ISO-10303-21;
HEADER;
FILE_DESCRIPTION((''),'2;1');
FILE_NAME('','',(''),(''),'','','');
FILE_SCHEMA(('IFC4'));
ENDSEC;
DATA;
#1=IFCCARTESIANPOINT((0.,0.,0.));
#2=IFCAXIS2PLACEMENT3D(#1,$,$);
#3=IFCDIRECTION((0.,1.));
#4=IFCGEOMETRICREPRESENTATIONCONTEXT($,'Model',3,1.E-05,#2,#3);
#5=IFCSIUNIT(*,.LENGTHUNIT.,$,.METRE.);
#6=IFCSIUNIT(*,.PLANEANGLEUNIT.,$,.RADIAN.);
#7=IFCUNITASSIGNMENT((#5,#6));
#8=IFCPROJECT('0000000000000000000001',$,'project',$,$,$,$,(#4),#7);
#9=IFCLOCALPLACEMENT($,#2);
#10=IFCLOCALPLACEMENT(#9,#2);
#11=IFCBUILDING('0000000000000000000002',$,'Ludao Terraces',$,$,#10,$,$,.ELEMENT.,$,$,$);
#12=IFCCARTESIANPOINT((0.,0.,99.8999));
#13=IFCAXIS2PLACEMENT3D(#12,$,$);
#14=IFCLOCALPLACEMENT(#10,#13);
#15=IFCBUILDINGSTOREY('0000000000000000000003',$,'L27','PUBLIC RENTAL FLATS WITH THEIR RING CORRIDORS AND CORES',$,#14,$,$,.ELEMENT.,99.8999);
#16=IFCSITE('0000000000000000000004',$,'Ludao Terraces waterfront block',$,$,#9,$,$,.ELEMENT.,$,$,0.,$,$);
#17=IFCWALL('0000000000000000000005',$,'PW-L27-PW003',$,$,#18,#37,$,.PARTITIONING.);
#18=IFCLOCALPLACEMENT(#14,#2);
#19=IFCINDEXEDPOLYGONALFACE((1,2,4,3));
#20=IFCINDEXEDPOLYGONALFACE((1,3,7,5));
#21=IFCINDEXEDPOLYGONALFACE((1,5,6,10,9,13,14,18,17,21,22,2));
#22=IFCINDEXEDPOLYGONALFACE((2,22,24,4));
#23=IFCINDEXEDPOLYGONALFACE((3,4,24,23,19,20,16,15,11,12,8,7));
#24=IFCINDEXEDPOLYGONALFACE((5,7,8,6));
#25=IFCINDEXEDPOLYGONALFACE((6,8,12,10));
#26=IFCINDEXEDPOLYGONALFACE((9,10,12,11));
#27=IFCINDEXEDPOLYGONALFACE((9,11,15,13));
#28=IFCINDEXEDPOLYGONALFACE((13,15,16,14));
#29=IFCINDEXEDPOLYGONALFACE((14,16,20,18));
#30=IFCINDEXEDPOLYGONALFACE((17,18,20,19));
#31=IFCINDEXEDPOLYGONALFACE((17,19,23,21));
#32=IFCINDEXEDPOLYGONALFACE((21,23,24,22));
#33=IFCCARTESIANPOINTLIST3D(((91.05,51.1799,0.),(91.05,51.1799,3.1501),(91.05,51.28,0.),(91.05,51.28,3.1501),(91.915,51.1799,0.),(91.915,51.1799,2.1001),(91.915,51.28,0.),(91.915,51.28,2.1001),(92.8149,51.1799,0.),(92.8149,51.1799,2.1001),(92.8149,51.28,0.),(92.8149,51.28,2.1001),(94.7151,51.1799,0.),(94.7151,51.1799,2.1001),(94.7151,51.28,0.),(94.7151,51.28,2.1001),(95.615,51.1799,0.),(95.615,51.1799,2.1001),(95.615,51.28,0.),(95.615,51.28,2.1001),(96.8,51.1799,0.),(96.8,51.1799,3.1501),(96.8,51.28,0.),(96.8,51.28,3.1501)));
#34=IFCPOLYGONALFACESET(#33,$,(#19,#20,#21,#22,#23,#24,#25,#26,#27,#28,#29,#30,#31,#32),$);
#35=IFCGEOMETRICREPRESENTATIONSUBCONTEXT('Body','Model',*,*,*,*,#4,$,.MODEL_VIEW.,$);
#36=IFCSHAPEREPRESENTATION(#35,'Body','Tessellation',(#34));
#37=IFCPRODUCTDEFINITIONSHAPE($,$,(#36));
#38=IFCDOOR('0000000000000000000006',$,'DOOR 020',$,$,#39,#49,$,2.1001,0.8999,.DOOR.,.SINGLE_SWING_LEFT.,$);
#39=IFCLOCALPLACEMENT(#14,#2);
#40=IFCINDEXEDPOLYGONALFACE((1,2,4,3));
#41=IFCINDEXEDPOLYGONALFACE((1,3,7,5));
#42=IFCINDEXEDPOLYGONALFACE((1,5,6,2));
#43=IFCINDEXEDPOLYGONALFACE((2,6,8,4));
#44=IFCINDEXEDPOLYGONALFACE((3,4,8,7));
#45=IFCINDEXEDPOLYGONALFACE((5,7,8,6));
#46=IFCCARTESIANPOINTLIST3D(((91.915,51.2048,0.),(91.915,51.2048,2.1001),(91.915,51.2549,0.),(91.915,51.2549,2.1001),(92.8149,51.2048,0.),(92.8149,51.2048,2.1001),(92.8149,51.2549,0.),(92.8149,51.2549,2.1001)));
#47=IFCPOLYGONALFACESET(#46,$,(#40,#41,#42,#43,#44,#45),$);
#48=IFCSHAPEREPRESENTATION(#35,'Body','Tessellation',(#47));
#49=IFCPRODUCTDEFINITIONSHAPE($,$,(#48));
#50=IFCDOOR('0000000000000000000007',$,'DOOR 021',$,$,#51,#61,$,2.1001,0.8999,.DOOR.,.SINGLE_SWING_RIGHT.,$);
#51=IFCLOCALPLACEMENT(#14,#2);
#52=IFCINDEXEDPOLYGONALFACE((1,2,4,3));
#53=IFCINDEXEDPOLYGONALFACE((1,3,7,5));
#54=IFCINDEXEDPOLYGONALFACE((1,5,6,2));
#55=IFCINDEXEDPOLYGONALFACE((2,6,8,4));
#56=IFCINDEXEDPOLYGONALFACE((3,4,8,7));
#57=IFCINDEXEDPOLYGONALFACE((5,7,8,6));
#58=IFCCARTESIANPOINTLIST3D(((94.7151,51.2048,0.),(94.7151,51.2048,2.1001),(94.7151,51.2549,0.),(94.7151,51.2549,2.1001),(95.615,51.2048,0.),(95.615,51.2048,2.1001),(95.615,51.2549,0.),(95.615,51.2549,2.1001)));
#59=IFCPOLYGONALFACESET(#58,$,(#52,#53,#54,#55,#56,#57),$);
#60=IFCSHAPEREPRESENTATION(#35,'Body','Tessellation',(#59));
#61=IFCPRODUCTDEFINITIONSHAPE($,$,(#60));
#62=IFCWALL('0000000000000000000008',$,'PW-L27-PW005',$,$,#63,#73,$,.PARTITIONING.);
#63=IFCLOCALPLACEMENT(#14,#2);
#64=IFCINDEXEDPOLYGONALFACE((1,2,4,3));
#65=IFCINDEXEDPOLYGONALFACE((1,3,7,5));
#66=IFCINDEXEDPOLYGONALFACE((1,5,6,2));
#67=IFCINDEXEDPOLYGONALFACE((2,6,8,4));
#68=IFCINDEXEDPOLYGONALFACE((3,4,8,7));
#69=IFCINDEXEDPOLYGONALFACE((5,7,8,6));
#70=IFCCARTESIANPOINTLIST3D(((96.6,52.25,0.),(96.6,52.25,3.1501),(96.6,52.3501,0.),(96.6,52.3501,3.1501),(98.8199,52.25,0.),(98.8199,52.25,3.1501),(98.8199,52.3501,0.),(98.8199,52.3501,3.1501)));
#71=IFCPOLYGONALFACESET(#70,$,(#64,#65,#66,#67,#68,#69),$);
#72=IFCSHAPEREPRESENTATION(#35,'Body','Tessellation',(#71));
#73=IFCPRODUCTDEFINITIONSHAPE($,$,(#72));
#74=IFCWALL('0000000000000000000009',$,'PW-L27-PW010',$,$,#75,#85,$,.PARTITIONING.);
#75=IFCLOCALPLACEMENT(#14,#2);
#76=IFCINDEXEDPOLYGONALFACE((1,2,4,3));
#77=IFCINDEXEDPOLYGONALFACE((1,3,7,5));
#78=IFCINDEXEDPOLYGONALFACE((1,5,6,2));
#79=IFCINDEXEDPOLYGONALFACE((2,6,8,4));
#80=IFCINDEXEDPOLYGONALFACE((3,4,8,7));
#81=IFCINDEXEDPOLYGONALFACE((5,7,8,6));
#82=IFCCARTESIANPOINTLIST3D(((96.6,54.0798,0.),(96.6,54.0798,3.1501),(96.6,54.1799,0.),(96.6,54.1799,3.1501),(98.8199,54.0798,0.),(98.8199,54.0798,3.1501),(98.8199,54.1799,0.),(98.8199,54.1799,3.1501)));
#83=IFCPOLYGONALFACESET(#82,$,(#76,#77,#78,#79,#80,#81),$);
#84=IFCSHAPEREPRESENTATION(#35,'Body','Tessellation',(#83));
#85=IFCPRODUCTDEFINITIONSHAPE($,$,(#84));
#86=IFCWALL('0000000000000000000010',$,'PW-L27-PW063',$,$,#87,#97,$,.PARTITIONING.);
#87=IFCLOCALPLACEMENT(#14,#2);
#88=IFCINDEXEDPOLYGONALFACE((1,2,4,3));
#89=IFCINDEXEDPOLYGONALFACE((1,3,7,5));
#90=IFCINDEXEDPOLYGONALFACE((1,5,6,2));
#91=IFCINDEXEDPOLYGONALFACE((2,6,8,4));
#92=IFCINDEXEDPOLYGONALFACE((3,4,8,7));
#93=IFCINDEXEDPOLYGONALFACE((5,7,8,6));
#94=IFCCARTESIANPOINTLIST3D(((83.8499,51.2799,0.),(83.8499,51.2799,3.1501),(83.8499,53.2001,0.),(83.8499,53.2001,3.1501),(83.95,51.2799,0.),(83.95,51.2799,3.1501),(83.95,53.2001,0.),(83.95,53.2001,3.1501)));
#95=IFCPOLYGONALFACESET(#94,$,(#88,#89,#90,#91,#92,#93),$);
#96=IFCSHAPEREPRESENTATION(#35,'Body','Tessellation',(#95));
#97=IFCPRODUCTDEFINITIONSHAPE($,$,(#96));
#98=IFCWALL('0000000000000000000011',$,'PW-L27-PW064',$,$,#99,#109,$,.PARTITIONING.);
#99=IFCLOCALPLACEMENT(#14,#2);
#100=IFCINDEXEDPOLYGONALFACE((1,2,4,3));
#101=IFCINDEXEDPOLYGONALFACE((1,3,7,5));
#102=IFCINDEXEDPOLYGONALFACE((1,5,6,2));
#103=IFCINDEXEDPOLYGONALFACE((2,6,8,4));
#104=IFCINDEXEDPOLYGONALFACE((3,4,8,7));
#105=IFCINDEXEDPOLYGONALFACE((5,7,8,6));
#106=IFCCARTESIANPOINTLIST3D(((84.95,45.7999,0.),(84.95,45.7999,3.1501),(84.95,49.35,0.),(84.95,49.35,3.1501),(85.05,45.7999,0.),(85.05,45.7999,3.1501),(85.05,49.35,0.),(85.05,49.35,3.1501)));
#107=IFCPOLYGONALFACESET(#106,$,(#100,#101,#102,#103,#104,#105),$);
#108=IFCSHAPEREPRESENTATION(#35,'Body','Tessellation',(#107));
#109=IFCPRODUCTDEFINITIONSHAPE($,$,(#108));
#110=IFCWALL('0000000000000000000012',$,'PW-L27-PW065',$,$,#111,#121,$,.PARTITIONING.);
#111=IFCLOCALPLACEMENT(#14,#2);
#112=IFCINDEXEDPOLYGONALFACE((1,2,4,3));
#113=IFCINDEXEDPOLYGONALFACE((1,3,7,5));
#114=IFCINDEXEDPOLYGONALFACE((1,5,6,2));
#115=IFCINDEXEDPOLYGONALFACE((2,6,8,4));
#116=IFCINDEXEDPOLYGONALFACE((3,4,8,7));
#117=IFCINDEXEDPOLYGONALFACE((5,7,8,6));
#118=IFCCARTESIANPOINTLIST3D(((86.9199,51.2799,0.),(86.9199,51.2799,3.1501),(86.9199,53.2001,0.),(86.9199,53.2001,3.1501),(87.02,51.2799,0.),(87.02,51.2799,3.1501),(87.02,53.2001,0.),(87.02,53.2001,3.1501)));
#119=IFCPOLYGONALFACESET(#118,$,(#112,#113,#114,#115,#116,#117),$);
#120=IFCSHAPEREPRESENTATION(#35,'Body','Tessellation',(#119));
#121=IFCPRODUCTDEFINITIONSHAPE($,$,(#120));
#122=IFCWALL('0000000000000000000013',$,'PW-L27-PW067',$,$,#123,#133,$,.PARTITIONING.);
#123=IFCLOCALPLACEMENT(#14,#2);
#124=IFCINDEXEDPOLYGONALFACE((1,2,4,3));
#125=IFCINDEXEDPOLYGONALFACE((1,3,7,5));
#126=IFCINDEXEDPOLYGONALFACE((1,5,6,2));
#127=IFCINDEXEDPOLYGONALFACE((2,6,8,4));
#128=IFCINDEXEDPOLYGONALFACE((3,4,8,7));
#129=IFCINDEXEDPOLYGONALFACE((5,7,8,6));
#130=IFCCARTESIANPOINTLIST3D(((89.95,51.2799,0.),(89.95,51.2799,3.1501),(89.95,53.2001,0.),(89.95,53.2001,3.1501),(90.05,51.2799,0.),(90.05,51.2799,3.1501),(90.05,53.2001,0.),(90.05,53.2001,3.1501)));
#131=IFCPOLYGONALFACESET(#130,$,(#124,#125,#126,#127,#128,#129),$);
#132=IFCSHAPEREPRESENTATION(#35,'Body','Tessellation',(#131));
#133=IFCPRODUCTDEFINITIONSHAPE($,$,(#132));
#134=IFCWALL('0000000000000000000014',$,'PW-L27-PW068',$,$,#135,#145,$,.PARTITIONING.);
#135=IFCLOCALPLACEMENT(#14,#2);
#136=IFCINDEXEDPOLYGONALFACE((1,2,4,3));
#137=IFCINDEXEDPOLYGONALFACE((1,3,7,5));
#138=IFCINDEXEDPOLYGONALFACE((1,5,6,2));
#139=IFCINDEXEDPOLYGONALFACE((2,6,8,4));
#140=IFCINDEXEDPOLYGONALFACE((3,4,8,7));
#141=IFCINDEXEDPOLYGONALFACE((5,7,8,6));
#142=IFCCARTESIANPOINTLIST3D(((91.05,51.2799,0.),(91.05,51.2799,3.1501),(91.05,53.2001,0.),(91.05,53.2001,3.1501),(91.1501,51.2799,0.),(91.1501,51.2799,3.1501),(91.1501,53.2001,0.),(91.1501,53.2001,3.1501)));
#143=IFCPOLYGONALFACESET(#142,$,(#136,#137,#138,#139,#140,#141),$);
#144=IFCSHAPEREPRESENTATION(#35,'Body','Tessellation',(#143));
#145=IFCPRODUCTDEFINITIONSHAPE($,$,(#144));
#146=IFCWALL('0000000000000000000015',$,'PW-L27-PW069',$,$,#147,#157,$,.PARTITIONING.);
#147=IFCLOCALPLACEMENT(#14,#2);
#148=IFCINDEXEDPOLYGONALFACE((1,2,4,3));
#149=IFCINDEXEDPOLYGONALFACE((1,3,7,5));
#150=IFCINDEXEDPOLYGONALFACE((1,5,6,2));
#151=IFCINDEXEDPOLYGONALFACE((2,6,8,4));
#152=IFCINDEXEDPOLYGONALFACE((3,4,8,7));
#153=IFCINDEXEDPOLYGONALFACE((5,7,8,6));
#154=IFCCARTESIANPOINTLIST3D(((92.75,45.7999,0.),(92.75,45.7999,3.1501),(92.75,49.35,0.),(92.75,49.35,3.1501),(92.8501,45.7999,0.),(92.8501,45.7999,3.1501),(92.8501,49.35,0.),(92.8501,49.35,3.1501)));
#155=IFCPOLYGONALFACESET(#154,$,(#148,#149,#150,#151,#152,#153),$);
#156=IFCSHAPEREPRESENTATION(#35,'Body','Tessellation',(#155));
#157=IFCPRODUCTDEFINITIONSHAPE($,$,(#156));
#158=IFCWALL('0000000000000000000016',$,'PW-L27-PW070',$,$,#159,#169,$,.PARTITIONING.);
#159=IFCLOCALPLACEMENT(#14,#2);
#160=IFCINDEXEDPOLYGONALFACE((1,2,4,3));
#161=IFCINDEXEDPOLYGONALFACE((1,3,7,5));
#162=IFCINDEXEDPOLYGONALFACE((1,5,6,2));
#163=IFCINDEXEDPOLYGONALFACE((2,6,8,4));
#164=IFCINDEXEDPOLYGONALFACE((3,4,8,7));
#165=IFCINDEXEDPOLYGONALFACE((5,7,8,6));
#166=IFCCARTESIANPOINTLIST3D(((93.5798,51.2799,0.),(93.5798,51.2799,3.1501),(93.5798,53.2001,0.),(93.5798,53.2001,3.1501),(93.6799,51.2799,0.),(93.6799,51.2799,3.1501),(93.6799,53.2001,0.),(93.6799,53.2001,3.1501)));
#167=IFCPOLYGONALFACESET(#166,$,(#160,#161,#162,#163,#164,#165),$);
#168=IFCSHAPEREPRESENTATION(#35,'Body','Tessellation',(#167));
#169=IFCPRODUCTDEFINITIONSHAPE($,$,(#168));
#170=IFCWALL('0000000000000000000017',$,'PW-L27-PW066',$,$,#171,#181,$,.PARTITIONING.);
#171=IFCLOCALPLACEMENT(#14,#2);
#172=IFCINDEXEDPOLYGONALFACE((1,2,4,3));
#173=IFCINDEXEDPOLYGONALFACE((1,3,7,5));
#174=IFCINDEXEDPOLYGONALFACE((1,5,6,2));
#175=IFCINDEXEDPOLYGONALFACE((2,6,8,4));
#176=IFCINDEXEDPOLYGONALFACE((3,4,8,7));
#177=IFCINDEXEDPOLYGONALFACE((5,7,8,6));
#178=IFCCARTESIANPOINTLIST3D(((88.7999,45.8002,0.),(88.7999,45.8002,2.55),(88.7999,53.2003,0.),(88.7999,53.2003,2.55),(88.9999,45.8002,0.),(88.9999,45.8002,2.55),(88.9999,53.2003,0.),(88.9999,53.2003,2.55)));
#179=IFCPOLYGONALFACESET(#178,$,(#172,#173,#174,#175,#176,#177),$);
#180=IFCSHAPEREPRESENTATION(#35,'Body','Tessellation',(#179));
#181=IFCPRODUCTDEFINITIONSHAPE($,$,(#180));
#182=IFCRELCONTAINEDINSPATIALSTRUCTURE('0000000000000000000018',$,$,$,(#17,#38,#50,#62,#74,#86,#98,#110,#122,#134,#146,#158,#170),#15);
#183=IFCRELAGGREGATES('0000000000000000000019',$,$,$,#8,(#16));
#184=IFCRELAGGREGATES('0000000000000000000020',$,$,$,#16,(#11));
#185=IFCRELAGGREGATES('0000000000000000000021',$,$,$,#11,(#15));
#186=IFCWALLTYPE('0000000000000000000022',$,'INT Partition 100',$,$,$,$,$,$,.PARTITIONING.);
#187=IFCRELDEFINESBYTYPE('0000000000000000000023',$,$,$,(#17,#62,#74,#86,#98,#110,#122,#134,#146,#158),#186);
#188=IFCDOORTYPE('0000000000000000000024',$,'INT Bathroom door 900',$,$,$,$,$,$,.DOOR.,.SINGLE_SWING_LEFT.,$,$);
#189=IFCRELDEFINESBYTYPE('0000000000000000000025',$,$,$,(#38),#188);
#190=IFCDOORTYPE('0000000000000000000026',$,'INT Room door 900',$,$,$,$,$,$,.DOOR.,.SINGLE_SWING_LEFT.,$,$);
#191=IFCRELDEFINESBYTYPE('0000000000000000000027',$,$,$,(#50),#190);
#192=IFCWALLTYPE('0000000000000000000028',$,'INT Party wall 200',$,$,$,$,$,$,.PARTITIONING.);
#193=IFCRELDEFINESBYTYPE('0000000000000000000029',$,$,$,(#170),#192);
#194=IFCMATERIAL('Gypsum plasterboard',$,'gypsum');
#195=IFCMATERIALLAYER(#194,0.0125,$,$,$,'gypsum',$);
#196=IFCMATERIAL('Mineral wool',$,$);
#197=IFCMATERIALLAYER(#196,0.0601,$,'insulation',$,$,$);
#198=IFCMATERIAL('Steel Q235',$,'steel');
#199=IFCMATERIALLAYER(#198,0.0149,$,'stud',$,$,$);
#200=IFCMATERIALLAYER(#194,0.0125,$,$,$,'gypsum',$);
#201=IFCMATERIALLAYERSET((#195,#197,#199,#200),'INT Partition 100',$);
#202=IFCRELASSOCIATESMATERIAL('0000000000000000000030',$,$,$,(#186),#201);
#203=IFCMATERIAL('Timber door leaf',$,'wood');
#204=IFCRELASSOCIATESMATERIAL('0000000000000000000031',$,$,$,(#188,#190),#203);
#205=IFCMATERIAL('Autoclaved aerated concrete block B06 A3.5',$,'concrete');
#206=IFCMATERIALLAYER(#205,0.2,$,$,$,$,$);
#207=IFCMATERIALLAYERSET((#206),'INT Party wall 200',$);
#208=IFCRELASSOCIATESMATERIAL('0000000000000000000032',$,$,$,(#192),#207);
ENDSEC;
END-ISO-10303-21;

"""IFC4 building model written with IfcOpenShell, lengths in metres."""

from ifc_helpers import new_model, si_unit, direction, frame, frame_2d, origin, place, context, subcontext, project, spatial, rectangle, extrude, material, layer, layer_set, type_object, element, fill, save


model = new_model("IFC4")

# Units and contexts
model_context = context("Model", 3, precision=1e-05, world=origin(), true_north=direction((0.0, 1.0)))
body_context = subcontext(model_context, "Body", "Model", "MODEL_VIEW")
ifc_project = project(units=[si_unit("LENGTHUNIT", "METRE"), si_unit("PLANEANGLEUNIT", "RADIAN")], contexts=[model_context])

# Site, building, storey
site_placement = place(None, origin())
site = spatial("IfcSite", under=ifc_project, at=site_placement, Name="Ludao Terraces waterfront block", CompositionType="ELEMENT", RefElevation=0.0)
building_placement = place(site_placement, origin())
building = spatial("IfcBuilding", under=site, at=building_placement, Name="Ludao Terraces", CompositionType="ELEMENT")
storey_placement = place(building_placement, frame((0.0, 0.0, 99.8999)))
storey = spatial("IfcBuildingStorey", under=building, at=storey_placement, Name="L27", Description="PUBLIC RENTAL FLATS WITH THEIR RING CORRIDORS AND CORES", CompositionType="ELEMENT", Elevation=99.8999)

# Shared definitions
ifc_material_1 = material(Name="Steel Q235", Category="steel")

# Shared definitions
ifc_material_2 = material(Name="Mineral wool")

# Wall, openings, doors
ifc_material_3 = material(Name="Gypsum plasterboard", Category="gypsum")
ifc_layer_1 = layer(ifc_material_3, 0.0125, Category="gypsum")
ifc_layer_2 = layer(ifc_material_2, 0.0601, Name="insulation")
ifc_layer_3 = layer(ifc_material_1, 0.0149, Name="stud")
ifc_layer_4 = layer(ifc_material_3, 0.0125, Category="gypsum")
ifc_layer_set_1 = layer_set([ifc_layer_1, ifc_layer_2, ifc_layer_3, ifc_layer_4], Name="INT Partition 100")
wall_type_1 = type_object("IfcWallType", Name="INT Partition 100", PredefinedType="PARTITIONING", material=ifc_layer_set_1)
wall_1_placement = place(storey_placement, frame((91.05, 51.23, 0.0), z_axis=(0.0, 0.0, 1.0), x_axis=(1.0, 0.0, 0.0)))
wall_1 = element("IfcWall", 1, at=wall_1_placement, inside=storey, type_object=wall_type_1, Name="PW-L27-PW003", PredefinedType="PARTITIONING", context=body_context, shape_type="SweptSolid", body=[
    extrude(rectangle(XDim=5.75, YDim=0.1001, at=frame_2d((2.875, 0.0))), origin(), (0.0, 0.0, 1.0), 3.1501),
])
opening_1_placement = place(wall_1_placement, frame((0.865, 0.0, 0.0)))
opening_1 = element("IfcOpeningElement", 2, at=opening_1_placement, cuts=wall_1, PredefinedType="OPENING", context=body_context, shape_type="SweptSolid", body=[
    extrude(rectangle(XDim=0.8999, YDim=2.1001, at=frame_2d((0.45, 1.05))), frame((0.0, 0.0601, 0.0), z_axis=(0.0, -1.0, 0.0), x_axis=(1.0, 0.0, 0.0)), (0.0, 0.0, 1.0), 0.1201),
])
opening_2_placement = place(wall_1_placement, frame((3.665, 0.0, 0.0)))
opening_2 = element("IfcOpeningElement", 3, at=opening_2_placement, cuts=wall_1, PredefinedType="OPENING", context=body_context, shape_type="SweptSolid", body=[
    extrude(rectangle(XDim=0.8999, YDim=2.1001, at=frame_2d((0.45, 1.05))), frame((0.0, 0.0601, 0.0), z_axis=(0.0, -1.0, 0.0), x_axis=(1.0, 0.0, 0.0)), (0.0, 0.0, 1.0), 0.1201),
])
ifc_material_4 = material(Name="Timber door leaf", Category="wood")
door_type_1 = type_object("IfcDoorType", Name="INT Bathroom door 900", OperationType="SINGLE_SWING_LEFT", PredefinedType="DOOR", material=ifc_material_4)
door_1_placement = place(opening_1_placement, origin())
door_1 = element("IfcDoor", 4, at=door_1_placement, inside=storey, type_object=door_type_1, Name="DOOR 020", OperationType="SINGLE_SWING_LEFT", OverallHeight=2.1001, OverallWidth=0.8999, PredefinedType="DOOR", context=body_context, shape_type="SweptSolid", body=[
    extrude(rectangle(XDim=0.8999, YDim=2.1001, at=frame_2d((0.45, 1.05))), frame((0.0, 0.0249, 0.0), z_axis=(0.0, -1.0, 0.0), x_axis=(1.0, 0.0, 0.0)), (0.0, 0.0, 1.0), 0.05),
])
fill(opening_1, door_1)
door_type_2 = type_object("IfcDoorType", Name="INT Room door 900", OperationType="SINGLE_SWING_LEFT", PredefinedType="DOOR", material=ifc_material_4)
door_2_placement = place(opening_2_placement, origin())
door_2 = element("IfcDoor", 5, at=door_2_placement, inside=storey, type_object=door_type_2, Name="DOOR 021", OperationType="SINGLE_SWING_RIGHT", OverallHeight=2.1001, OverallWidth=0.8999, PredefinedType="DOOR", context=body_context, shape_type="SweptSolid", body=[
    extrude(rectangle(XDim=0.8999, YDim=2.1001, at=frame_2d((0.45, 1.05))), frame((0.0, 0.0249, 0.0), z_axis=(0.0, -1.0, 0.0), x_axis=(1.0, 0.0, 0.0)), (0.0, 0.0, 1.0), 0.05),
])
fill(opening_2, door_2)

# Walls
for number, where, z_axis, x_axis, name in (
    (6, (96.6001, 52.3, 0.0), (0.0, 0.0, 1.0), (1.0, 0.0, 0.0), "PW-L27-PW005"),
    (7, (96.6001, 54.1299, 0.0), (0.0, 0.0, 1.0), (1.0, 0.0, 0.0), "PW-L27-PW010"),
):
    element("IfcWall", number, at=place(storey_placement, frame(where, z_axis=z_axis, x_axis=x_axis)), inside=storey, type_object=wall_type_1, Name=name, PredefinedType="PARTITIONING", context=body_context, shape_type="SweptSolid", body=[
        extrude(rectangle(XDim=2.22, YDim=0.1001, at=frame_2d((1.1099, 0.0))), origin(), (0.0, 0.0, 1.0), 3.1501),
    ])
wall_2_placement = place(storey_placement, frame((83.8999, 51.28, 0.0), z_axis=(0.0, 0.0, 1.0), x_axis=(0.0, 1.0, 0.0)))
element("IfcWall", 8, at=wall_2_placement, inside=storey, type_object=wall_type_1, Name="PW-L27-PW063", PredefinedType="PARTITIONING", context=body_context, shape_type="SweptSolid", body=[
    extrude(rectangle(XDim=1.9202, YDim=0.1001, at=frame_2d((0.96, 0.0))), origin(), (0.0, 0.0, 1.0), 3.1501),
])
wall_3_placement = place(storey_placement, frame((85.0, 45.8, 0.0), z_axis=(0.0, 0.0, 1.0), x_axis=(0.0, 1.0, 0.0)))
element("IfcWall", 9, at=wall_3_placement, inside=storey, type_object=wall_type_1, Name="PW-L27-PW064", PredefinedType="PARTITIONING", context=body_context, shape_type="SweptSolid", body=[
    extrude(rectangle(XDim=3.55, YDim=0.1001, at=frame_2d((1.7749, 0.0))), origin(), (0.0, 0.0, 1.0), 3.1501),
])
for number, where, z_axis, x_axis, name in (
    (10, (86.97, 51.28, 0.0), (0.0, 0.0, 1.0), (0.0, 1.0, 0.0), "PW-L27-PW065"),
    (11, (90.0, 51.28, 0.0), (0.0, 0.0, 1.0), (0.0, 1.0, 0.0), "PW-L27-PW067"),
    (12, (91.1001, 51.28, 0.0), (0.0, 0.0, 1.0), (0.0, 1.0, 0.0), "PW-L27-PW068"),
):
    element("IfcWall", number, at=place(storey_placement, frame(where, z_axis=z_axis, x_axis=x_axis)), inside=storey, type_object=wall_type_1, Name=name, PredefinedType="PARTITIONING", context=body_context, shape_type="SweptSolid", body=[
        extrude(rectangle(XDim=1.9202, YDim=0.1001, at=frame_2d((0.96, 0.0))), origin(), (0.0, 0.0, 1.0), 3.1501),
    ])
wall_4_placement = place(storey_placement, frame((92.8, 45.8, 0.0), z_axis=(0.0, 0.0, 1.0), x_axis=(0.0, 1.0, 0.0)))
element("IfcWall", 13, at=wall_4_placement, inside=storey, type_object=wall_type_1, Name="PW-L27-PW069", PredefinedType="PARTITIONING", context=body_context, shape_type="SweptSolid", body=[
    extrude(rectangle(XDim=3.55, YDim=0.1001, at=frame_2d((1.7749, 0.0))), origin(), (0.0, 0.0, 1.0), 3.1501),
])
wall_5_placement = place(storey_placement, frame((93.6299, 51.28, 0.0), z_axis=(0.0, 0.0, 1.0), x_axis=(0.0, 1.0, 0.0)))
element("IfcWall", 14, at=wall_5_placement, inside=storey, type_object=wall_type_1, Name="PW-L27-PW070", PredefinedType="PARTITIONING", context=body_context, shape_type="SweptSolid", body=[
    extrude(rectangle(XDim=1.9202, YDim=0.1001, at=frame_2d((0.96, 0.0))), origin(), (0.0, 0.0, 1.0), 3.1501),
])
ifc_material_5 = material(Name="Autoclaved aerated concrete block B06 A3.5", Category="concrete")
ifc_layer_5 = layer(ifc_material_5, 0.2)
ifc_layer_set_2 = layer_set([ifc_layer_5], Name="INT Party wall 200")
wall_type_2 = type_object("IfcWallType", Name="INT Party wall 200", PredefinedType="PARTITIONING", material=ifc_layer_set_2)
wall_6_placement = place(storey_placement, frame((88.8999, 45.8, 0.0), z_axis=(0.0, 0.0, 1.0), x_axis=(0.0, 1.0, 0.0)))
element("IfcWall", 15, at=wall_6_placement, inside=storey, type_object=wall_type_2, Name="PW-L27-PW066", PredefinedType="PARTITIONING", context=body_context, shape_type="SweptSolid", body=[
    extrude(rectangle(XDim=7.4001, YDim=0.2, at=frame_2d((3.7002, 0.0))), origin(), (0.0, 0.0, 1.0), 2.55),
])

save(model, "model.ifc")
